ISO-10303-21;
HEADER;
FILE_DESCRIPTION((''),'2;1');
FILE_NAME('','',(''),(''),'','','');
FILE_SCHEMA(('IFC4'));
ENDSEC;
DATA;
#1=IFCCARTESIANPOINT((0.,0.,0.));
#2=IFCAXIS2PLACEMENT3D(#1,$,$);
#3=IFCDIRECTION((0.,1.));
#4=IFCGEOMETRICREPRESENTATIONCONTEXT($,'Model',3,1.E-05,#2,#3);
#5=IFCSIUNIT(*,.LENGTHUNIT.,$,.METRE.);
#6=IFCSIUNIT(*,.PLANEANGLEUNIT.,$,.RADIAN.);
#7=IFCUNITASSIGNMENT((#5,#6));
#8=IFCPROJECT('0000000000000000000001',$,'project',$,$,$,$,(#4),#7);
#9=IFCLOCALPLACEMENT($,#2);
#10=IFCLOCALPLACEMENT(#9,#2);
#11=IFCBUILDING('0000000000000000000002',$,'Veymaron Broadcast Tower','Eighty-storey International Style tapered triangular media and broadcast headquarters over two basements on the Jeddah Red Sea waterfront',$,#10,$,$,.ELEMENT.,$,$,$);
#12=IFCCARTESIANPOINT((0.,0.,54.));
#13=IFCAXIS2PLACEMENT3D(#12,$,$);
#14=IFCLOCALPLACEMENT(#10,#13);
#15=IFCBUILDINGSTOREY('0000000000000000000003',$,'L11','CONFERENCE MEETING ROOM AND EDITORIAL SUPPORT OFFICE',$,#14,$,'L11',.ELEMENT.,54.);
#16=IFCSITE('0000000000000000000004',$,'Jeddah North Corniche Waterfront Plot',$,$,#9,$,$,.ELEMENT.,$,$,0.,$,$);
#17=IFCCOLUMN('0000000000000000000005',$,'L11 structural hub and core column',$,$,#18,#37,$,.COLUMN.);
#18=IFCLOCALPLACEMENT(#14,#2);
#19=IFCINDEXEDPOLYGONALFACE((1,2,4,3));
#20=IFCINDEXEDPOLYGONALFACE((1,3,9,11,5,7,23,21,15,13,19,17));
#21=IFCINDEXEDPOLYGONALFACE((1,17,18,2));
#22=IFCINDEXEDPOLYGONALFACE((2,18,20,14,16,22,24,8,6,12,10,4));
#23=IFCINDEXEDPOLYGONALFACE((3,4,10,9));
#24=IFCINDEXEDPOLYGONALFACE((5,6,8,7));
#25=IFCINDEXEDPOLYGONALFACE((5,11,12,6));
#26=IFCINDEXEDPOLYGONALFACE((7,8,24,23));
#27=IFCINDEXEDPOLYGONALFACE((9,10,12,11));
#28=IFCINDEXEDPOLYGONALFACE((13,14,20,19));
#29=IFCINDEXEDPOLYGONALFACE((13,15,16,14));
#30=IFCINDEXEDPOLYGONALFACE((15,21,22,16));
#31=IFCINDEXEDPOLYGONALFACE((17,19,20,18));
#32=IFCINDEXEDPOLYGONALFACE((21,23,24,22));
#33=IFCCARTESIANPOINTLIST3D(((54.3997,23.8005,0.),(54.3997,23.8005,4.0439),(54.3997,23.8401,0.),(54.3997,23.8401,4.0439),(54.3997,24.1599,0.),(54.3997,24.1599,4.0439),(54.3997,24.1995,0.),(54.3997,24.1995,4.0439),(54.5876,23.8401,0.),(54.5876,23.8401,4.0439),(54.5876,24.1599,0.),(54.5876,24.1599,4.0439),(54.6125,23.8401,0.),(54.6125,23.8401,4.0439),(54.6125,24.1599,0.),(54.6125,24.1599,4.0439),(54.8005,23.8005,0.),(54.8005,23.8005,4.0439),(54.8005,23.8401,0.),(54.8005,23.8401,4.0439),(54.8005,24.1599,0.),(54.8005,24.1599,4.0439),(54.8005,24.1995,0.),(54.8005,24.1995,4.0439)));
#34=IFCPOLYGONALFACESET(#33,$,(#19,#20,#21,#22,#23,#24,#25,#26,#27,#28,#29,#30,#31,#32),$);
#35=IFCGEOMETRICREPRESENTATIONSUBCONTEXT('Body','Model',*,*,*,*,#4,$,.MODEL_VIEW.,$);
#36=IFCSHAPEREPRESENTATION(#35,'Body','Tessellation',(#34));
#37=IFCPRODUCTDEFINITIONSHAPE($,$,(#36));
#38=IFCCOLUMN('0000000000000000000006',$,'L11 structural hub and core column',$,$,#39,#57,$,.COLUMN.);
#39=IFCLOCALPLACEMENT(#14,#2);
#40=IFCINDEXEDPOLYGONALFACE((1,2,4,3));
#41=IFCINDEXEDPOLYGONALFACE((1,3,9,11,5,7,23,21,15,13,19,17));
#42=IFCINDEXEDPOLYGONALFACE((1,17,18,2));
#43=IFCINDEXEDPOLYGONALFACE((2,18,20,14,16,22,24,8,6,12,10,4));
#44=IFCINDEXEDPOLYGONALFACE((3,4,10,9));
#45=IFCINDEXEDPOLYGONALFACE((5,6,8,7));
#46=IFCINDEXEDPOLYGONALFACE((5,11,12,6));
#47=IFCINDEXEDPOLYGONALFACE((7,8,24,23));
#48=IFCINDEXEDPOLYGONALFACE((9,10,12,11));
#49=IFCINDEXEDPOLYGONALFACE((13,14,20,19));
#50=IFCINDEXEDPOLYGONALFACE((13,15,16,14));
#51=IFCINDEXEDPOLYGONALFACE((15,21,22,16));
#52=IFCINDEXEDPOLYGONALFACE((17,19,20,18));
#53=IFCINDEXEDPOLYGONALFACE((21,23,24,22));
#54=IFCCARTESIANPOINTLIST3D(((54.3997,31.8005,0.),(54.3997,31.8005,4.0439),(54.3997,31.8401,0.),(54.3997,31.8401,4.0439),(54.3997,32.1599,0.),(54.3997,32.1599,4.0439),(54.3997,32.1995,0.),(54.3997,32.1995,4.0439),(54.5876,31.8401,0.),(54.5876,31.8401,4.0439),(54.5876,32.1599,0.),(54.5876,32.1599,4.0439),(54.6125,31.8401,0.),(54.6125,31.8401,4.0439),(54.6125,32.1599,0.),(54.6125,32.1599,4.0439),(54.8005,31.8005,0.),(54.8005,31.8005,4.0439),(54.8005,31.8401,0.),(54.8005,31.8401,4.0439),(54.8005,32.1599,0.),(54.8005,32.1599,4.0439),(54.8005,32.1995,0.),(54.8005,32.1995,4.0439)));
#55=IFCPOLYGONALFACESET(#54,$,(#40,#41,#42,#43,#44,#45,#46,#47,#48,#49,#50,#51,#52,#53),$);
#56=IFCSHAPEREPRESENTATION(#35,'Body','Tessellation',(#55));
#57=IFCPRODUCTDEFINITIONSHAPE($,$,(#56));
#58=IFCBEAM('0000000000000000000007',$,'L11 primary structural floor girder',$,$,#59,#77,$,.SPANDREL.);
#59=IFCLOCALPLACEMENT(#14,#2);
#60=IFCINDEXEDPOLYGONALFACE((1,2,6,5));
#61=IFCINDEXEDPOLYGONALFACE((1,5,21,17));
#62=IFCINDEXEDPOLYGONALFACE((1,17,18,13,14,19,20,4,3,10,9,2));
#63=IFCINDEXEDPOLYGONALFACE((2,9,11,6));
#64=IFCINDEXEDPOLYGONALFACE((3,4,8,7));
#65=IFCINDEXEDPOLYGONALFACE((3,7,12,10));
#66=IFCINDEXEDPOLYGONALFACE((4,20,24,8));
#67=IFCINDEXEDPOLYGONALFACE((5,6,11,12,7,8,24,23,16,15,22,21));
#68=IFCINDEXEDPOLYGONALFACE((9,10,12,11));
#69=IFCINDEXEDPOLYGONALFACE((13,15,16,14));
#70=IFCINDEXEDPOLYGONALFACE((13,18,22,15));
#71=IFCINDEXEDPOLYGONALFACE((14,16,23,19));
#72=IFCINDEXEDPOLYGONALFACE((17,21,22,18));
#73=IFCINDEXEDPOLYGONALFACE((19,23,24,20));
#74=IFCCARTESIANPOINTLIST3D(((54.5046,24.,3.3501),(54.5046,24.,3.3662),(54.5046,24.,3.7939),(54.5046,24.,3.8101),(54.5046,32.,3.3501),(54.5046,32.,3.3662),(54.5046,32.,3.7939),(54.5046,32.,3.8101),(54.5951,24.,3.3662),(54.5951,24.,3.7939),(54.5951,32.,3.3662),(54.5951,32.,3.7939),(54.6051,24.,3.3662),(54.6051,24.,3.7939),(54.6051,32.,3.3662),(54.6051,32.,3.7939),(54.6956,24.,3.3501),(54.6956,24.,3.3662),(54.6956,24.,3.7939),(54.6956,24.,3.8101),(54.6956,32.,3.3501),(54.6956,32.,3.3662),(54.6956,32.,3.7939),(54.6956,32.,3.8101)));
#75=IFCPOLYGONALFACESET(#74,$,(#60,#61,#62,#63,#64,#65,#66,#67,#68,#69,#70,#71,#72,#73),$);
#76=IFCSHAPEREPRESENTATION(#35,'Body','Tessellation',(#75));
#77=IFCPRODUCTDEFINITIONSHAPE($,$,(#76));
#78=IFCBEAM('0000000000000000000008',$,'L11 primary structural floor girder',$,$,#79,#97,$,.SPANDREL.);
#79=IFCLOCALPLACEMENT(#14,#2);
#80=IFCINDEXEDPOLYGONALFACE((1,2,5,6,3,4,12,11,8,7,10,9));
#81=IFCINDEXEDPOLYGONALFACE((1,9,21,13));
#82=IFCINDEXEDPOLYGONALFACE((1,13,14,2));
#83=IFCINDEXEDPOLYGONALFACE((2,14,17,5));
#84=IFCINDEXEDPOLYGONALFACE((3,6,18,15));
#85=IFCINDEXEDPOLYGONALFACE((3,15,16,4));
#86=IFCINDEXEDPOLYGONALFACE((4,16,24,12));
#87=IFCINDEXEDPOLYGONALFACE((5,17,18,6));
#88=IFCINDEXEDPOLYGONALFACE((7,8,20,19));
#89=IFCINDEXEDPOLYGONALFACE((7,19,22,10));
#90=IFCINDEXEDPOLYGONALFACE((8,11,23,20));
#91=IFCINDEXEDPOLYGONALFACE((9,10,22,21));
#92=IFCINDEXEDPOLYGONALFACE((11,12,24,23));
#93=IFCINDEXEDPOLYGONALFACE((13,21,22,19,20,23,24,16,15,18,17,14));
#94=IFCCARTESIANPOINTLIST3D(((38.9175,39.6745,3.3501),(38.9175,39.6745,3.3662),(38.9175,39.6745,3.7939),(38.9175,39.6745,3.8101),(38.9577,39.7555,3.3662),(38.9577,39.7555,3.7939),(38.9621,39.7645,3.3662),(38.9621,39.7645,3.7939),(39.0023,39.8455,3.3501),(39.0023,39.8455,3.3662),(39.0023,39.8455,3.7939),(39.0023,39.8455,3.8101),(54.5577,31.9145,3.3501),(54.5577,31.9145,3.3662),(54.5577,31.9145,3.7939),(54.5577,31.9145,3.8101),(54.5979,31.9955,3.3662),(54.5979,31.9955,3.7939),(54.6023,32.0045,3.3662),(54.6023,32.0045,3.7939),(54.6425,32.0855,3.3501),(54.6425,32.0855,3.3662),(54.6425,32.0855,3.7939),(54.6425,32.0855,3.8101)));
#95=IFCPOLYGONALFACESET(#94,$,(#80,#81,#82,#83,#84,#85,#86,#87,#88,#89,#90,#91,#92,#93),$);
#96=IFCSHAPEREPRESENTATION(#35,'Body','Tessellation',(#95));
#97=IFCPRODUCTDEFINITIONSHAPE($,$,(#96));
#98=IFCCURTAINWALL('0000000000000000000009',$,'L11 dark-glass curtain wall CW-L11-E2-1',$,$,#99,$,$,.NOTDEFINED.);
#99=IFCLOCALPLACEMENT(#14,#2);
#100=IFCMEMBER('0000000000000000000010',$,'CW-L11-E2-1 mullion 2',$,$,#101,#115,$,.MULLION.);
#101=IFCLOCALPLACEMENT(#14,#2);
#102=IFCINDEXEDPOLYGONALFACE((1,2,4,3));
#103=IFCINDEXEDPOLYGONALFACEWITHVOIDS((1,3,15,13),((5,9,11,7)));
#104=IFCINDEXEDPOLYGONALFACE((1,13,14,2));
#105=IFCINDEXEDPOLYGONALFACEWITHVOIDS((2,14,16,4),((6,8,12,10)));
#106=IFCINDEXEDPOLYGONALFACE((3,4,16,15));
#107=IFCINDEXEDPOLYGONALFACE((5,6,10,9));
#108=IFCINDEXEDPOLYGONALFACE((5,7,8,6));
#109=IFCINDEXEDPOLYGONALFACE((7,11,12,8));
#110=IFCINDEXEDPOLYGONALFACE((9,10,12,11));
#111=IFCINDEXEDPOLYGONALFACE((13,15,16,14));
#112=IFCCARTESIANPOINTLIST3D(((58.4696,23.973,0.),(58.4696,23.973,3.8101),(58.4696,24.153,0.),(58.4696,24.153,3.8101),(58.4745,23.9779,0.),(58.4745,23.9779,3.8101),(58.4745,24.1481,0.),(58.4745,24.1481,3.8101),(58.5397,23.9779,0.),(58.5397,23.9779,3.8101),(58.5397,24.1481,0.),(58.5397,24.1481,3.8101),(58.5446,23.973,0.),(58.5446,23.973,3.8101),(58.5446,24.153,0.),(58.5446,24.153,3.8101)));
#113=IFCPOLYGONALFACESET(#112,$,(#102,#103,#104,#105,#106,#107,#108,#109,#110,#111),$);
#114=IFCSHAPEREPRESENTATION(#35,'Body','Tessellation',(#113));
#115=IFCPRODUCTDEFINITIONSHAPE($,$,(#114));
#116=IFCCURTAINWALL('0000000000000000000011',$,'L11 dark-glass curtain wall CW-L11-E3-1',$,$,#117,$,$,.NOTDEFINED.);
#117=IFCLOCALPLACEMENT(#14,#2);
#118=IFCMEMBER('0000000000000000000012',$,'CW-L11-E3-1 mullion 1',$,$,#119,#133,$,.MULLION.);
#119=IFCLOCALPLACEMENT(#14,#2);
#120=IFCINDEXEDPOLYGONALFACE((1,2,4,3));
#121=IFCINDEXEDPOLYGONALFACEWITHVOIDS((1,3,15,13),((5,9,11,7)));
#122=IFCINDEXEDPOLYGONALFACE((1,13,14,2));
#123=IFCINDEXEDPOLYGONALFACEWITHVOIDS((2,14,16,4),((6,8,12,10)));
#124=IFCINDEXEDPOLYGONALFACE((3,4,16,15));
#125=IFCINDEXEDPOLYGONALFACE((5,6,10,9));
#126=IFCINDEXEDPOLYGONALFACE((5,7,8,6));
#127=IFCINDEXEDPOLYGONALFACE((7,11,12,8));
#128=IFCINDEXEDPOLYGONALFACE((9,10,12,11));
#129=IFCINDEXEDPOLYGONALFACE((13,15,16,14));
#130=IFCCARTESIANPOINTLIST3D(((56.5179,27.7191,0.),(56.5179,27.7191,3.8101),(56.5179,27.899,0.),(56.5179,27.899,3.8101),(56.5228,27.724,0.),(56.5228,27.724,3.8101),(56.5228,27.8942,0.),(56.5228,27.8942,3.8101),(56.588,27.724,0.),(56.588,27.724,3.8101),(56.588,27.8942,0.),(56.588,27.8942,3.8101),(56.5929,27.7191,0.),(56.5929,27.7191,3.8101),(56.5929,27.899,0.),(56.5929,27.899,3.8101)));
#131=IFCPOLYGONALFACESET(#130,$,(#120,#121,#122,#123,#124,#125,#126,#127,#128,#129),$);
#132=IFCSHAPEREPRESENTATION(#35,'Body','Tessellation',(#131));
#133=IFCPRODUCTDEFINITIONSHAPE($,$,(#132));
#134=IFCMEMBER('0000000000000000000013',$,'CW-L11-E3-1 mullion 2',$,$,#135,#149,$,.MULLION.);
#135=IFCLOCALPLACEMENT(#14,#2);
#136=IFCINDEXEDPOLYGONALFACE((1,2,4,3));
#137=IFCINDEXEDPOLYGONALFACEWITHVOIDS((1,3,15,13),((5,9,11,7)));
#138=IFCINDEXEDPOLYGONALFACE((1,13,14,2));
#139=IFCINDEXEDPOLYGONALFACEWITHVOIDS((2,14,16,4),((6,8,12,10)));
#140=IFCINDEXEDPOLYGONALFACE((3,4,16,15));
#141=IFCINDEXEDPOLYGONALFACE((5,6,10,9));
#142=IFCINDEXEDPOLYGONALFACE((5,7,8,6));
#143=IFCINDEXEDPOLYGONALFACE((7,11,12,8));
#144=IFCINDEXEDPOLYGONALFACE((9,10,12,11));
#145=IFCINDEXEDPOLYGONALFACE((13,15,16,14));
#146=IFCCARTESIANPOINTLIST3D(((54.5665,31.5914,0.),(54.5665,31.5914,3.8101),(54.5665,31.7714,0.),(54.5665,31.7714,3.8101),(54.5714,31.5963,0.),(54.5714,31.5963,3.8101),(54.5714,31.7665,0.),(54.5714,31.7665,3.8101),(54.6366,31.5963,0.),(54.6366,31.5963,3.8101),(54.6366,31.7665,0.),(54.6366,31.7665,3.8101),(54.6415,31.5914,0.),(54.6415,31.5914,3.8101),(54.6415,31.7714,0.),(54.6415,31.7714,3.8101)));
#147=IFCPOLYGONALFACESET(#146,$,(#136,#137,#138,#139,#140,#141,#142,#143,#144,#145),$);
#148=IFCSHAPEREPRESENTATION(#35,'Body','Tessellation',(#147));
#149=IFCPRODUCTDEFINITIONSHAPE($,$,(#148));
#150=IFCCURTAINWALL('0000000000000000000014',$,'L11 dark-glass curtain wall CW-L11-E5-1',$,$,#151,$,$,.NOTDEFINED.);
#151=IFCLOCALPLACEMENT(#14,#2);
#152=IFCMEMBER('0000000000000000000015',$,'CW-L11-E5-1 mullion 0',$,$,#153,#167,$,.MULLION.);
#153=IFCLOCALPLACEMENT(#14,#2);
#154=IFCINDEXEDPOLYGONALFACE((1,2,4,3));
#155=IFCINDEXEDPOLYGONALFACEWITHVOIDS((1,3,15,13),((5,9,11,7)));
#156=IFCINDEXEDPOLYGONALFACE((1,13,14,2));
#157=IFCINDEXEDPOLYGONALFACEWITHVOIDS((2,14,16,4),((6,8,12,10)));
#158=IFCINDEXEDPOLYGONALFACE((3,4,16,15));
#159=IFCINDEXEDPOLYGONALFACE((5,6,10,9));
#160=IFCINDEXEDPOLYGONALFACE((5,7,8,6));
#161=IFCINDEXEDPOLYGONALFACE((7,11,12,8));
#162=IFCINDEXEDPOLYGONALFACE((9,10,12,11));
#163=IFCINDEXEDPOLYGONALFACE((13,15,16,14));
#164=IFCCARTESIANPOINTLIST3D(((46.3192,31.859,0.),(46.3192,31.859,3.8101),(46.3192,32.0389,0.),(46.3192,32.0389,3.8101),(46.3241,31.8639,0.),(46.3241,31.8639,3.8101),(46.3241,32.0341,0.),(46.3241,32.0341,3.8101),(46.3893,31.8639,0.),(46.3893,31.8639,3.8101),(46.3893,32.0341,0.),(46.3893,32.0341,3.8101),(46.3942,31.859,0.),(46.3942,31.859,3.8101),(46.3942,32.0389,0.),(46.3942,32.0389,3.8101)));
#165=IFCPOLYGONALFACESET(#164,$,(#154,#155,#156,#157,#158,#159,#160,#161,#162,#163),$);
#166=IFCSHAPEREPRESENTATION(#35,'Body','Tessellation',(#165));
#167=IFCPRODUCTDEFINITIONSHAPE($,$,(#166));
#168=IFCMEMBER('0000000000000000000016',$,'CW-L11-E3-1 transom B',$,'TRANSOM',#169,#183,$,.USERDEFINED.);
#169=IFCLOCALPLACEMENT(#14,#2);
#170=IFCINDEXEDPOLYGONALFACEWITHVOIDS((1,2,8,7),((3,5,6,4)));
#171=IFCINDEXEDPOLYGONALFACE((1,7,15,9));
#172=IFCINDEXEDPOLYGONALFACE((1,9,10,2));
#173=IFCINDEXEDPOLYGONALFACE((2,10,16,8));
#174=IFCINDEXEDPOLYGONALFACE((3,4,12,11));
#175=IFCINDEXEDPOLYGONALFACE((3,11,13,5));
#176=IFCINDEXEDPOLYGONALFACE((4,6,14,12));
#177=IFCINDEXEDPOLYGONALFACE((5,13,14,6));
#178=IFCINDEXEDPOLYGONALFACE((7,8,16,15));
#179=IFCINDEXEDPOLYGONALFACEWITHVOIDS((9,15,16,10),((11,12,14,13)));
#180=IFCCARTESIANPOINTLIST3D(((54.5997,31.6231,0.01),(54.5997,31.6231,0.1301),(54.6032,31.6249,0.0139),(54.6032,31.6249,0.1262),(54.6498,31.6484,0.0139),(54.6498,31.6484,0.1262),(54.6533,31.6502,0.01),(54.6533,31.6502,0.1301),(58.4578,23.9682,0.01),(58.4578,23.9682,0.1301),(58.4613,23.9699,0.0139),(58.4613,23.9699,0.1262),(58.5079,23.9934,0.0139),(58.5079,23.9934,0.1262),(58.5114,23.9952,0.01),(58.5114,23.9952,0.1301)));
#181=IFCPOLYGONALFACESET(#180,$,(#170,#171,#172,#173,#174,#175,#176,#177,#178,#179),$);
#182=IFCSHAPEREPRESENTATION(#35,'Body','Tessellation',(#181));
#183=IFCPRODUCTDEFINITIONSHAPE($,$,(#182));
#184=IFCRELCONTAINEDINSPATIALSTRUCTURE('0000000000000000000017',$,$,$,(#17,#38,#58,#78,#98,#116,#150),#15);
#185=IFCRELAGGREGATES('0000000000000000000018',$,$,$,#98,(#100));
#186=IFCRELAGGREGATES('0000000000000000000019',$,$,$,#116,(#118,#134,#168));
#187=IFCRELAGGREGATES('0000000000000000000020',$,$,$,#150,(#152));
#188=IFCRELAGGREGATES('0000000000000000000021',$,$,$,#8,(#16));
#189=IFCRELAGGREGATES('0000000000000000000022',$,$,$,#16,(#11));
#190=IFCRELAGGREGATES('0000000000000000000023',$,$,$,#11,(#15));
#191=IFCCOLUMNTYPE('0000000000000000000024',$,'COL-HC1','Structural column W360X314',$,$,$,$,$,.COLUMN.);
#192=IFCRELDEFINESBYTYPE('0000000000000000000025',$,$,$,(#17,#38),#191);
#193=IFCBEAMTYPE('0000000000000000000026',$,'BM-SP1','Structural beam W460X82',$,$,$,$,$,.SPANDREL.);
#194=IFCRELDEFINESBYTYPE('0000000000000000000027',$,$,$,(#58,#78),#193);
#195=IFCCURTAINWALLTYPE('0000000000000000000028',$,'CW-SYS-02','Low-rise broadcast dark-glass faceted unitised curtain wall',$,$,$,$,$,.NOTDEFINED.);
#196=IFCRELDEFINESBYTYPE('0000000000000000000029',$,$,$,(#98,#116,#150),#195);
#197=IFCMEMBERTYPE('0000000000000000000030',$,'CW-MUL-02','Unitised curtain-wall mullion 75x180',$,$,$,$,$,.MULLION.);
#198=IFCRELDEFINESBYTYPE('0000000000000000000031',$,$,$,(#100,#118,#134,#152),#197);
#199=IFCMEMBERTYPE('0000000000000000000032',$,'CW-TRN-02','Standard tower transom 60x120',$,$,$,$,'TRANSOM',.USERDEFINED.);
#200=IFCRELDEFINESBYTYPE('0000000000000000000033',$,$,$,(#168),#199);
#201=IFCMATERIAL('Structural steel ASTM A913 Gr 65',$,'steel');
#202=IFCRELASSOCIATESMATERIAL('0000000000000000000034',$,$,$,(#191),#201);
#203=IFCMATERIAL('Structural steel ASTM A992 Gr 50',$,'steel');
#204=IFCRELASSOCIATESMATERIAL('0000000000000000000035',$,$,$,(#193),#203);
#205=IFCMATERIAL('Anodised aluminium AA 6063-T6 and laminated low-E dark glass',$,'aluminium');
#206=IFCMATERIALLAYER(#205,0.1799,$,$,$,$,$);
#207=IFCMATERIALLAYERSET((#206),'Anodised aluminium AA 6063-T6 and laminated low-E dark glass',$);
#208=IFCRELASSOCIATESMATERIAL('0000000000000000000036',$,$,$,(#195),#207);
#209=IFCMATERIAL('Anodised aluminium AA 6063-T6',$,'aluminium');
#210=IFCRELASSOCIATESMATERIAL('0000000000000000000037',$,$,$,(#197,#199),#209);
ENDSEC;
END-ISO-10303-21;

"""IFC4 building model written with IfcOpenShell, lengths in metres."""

from ifc_helpers import new_model, si_unit, direction, frame, origin, origin_2d, place, context, subcontext, project, spatial, hollow_rectangle, i_section, extrude, material, layer, layer_set, material_profile, profile_set, type_object, element, aggregate, save


model = new_model("IFC4")

# Units and contexts
model_context = context("Model", 3, precision=1e-05, world=origin(), true_north=direction((0.0, 1.0)))
body_context = subcontext(model_context, "Body", "Model", "MODEL_VIEW")
ifc_project = project(units=[si_unit("LENGTHUNIT", "METRE"), si_unit("PLANEANGLEUNIT", "RADIAN")], contexts=[model_context])

# Site, building, storey
site_placement = place(None, origin())
site = spatial("IfcSite", under=ifc_project, at=site_placement, Name="Jeddah North Corniche Waterfront Plot", CompositionType="ELEMENT", RefElevation=0.0)
building_placement = place(site_placement, origin())
building = spatial("IfcBuilding", under=site, at=building_placement, Name="Veymaron Broadcast Tower", Description="Eighty-storey International Style tapered triangular media and broadcast headquarters over two basements on the Jeddah Red Sea waterfront", CompositionType="ELEMENT")
storey_placement = place(building_placement, frame((0.0, 0.0, 54.0)))
storey = spatial("IfcBuildingStorey", under=building, at=storey_placement, Name="L11", Description="CONFERENCE MEETING ROOM AND EDITORIAL SUPPORT OFFICE", LongName="L11", CompositionType="ELEMENT", Elevation=54.0)

# Columns
ifc_material_1 = material(Name="Structural steel ASTM A913 Gr 65", Category="steel")
ifc_material_profile_1 = material_profile(ifc_material_1, i_section(OverallWidth=0.4009, OverallDepth=0.3989, WebThickness=0.0249, FlangeThickness=0.0396, at=origin_2d()), Name="W360X314")
ifc_profile_set_1 = profile_set([ifc_material_profile_1], Name="Structural steel ASTM A913 Gr 65")
column_type = type_object("IfcColumnType", Name="COL-HC1", Description="Structural column W360X314", PredefinedType="COLUMN", material=ifc_profile_set_1)
for number, where, z_axis, x_axis, name in (
    (1, (54.6001, 24.0, 0.0), (0.0, 0.0, 1.0), (1.0, 0.0, 0.0), "L11 structural hub and core column"),
    (2, (54.6001, 32.0, 0.0), (0.0, 0.0, 1.0), (1.0, 0.0, 0.0), "L11 structural hub and core column"),
):
    element("IfcColumn", number, at=place(storey_placement, frame(where, z_axis=z_axis, x_axis=x_axis)), inside=storey, type_object=column_type, Name=name, PredefinedType="COLUMN", context=body_context, shape_type="SweptSolid", body=[
        extrude(i_section(OverallWidth=0.4009, OverallDepth=0.3989, WebThickness=0.0249, FlangeThickness=0.0396, at=origin_2d()), origin(), (0.0, 0.0, 1.0), 4.0439),
    ])

# Beams
ifc_material_2 = material(Name="Structural steel ASTM A992 Gr 50", Category="steel")
ifc_material_profile_2 = material_profile(ifc_material_2, i_section(OverallWidth=0.1909, OverallDepth=0.46, WebThickness=0.01, FlangeThickness=0.0161, at=origin_2d()), Name="W460X82")
ifc_profile_set_2 = profile_set([ifc_material_profile_2], Name="Structural steel ASTM A992 Gr 50")
beam_type = type_object("IfcBeamType", Name="BM-SP1", Description="Structural beam W460X82", PredefinedType="SPANDREL", material=ifc_profile_set_2)
beam_1_placement = place(storey_placement, frame((54.6001, 24.0, 3.5801), z_axis=(0.0, 1.0, 0.0), x_axis=(-1.0, 0.0, 0.0)))
element("IfcBeam", 3, at=beam_1_placement, inside=storey, type_object=beam_type, Name="L11 primary structural floor girder", PredefinedType="SPANDREL", context=body_context, shape_type="SweptSolid", body=[
    extrude(i_section(OverallWidth=0.1909, OverallDepth=0.46, WebThickness=0.01, FlangeThickness=0.0161, at=origin_2d()), origin(), (0.0, 0.0, 1.0), 8.0),
])
beam_2_placement = place(storey_placement, frame((54.6001, 32.0, 3.5801), z_axis=(-0.895799, 0.44446, 0.0), x_axis=(-0.44446, -0.895799, 0.0)))
element("IfcBeam", 4, at=beam_2_placement, inside=storey, type_object=beam_type, Name="L11 primary structural floor girder", PredefinedType="SPANDREL", context=body_context, shape_type="SweptSolid", body=[
    extrude(i_section(OverallWidth=0.1909, OverallDepth=0.46, WebThickness=0.01, FlangeThickness=0.0161, at=origin_2d()), origin(), (0.0, 0.0, 1.0), 17.4595),
])

# Curtain wall, member
ifc_material_3 = material(Name="Anodised aluminium AA 6063-T6 and laminated low-E dark glass", Category="aluminium")
ifc_layer_1 = layer(ifc_material_3, 0.1799)
ifc_layer_set_1 = layer_set([ifc_layer_1], Name="Anodised aluminium AA 6063-T6 and laminated low-E dark glass")
curtain_wall_type = type_object("IfcCurtainWallType", Name="CW-SYS-02", Description="Low-rise broadcast dark-glass faceted unitised curtain wall", PredefinedType="NOTDEFINED", material=ifc_layer_set_1)
curtain_wall_1_placement = place(storey_placement, origin())
curtain_wall_1 = element("IfcCurtainWall", 5, at=curtain_wall_1_placement, inside=storey, type_object=curtain_wall_type, Name="L11 dark-glass curtain wall CW-L11-E2-1", PredefinedType="NOTDEFINED")
ifc_material_4 = material(Name="Anodised aluminium AA 6063-T6", Category="aluminium")
ifc_material_profile_3 = material_profile(ifc_material_4, hollow_rectangle(XDim=0.075, YDim=0.1799, WallThickness=0.0049, at=origin_2d()), Name="AL180X75X5")
ifc_profile_set_3 = profile_set([ifc_material_profile_3], Name="Anodised aluminium AA 6063-T6")
member_type_1 = type_object("IfcMemberType", Name="CW-MUL-02", Description="Unitised curtain-wall mullion 75x180", PredefinedType="MULLION", material=ifc_profile_set_3)
member_1_placement = place(storey_placement, frame((58.5071, 24.063, 0.0), z_axis=(0.0, 0.0, 1.0), x_axis=(1.0, 0.0, 0.0)))
member_1 = element("IfcMember", 6, at=member_1_placement, type_object=member_type_1, Name="CW-L11-E2-1 mullion 2", PredefinedType="MULLION", context=body_context, shape_type="SweptSolid", body=[
    extrude(hollow_rectangle(XDim=0.075, YDim=0.1799, WallThickness=0.0049, at=origin_2d()), origin(), (0.0, 0.0, 1.0), 3.8101),
])
aggregate(curtain_wall_1, [member_1])

# Curtain wall, members
curtain_wall_2_placement = place(storey_placement, origin())
curtain_wall_2 = element("IfcCurtainWall", 7, at=curtain_wall_2_placement, inside=storey, type_object=curtain_wall_type, Name="L11 dark-glass curtain wall CW-L11-E3-1", PredefinedType="NOTDEFINED")
member_2_placement = place(storey_placement, frame((56.5554, 27.8091, 0.0), z_axis=(0.0, 0.0, 1.0), x_axis=(1.0, 0.0, 0.0)))
member_2 = element("IfcMember", 8, at=member_2_placement, type_object=member_type_1, Name="CW-L11-E3-1 mullion 1", PredefinedType="MULLION", context=body_context, shape_type="SweptSolid", body=[
    extrude(hollow_rectangle(XDim=0.075, YDim=0.1799, WallThickness=0.0049, at=origin_2d()), origin(), (0.0, 0.0, 1.0), 3.8101),
])
member_3_placement = place(storey_placement, frame((54.604, 31.6814, 0.0), z_axis=(0.0, 0.0, 1.0), x_axis=(1.0, 0.0, 0.0)))
member_3 = element("IfcMember", 9, at=member_3_placement, type_object=member_type_1, Name="CW-L11-E3-1 mullion 2", PredefinedType="MULLION", context=body_context, shape_type="SweptSolid", body=[
    extrude(hollow_rectangle(XDim=0.075, YDim=0.1799, WallThickness=0.0049, at=origin_2d()), origin(), (0.0, 0.0, 1.0), 3.8101),
])

# Curtain wall, member
curtain_wall_3_placement = place(storey_placement, origin())
curtain_wall_3 = element("IfcCurtainWall", 10, at=curtain_wall_3_placement, inside=storey, type_object=curtain_wall_type, Name="L11 dark-glass curtain wall CW-L11-E5-1", PredefinedType="NOTDEFINED")
member_4_placement = place(storey_placement, frame((46.3567, 31.949, 0.0), z_axis=(0.0, 0.0, 1.0), x_axis=(1.0, 0.0, 0.0)))
member_4 = element("IfcMember", 11, at=member_4_placement, type_object=member_type_1, Name="CW-L11-E5-1 mullion 0", PredefinedType="MULLION", context=body_context, shape_type="SweptSolid", body=[
    extrude(hollow_rectangle(XDim=0.075, YDim=0.1799, WallThickness=0.0049, at=origin_2d()), origin(), (0.0, 0.0, 1.0), 3.8101),
])

# Member
ifc_material_profile_4 = material_profile(ifc_material_4, hollow_rectangle(XDim=0.0601, YDim=0.1201, WallThickness=0.0039, at=origin_2d()), Name="AL120X60X4")
ifc_profile_set_4 = profile_set([ifc_material_profile_4], Name="Anodised aluminium AA 6063-T6")
member_type_2 = type_object("IfcMemberType", Name="CW-TRN-02", Description="Standard tower transom 60x120", ElementType="TRANSOM", PredefinedType="USERDEFINED", material=ifc_profile_set_4)
member_5_placement = place(storey_placement, frame((58.4846, 23.9817, 0.0701), z_axis=(-0.450071, 0.892993, 0.0), x_axis=(-0.892993, -0.450071, 0.0)))
member_5 = element("IfcMember", 12, at=member_5_placement, type_object=member_type_2, Name="CW-L11-E3-1 transom B", ObjectType="TRANSOM", PredefinedType="USERDEFINED", context=body_context, shape_type="SweptSolid", body=[
    extrude(hollow_rectangle(XDim=0.0601, YDim=0.1201, WallThickness=0.0039, at=origin_2d()), origin(), (0.0, 0.0, 1.0), 8.5723),
])

aggregate(curtain_wall_2, [member_2, member_3, member_5])
aggregate(curtain_wall_3, [member_4])

save(model, "model.ifc")
